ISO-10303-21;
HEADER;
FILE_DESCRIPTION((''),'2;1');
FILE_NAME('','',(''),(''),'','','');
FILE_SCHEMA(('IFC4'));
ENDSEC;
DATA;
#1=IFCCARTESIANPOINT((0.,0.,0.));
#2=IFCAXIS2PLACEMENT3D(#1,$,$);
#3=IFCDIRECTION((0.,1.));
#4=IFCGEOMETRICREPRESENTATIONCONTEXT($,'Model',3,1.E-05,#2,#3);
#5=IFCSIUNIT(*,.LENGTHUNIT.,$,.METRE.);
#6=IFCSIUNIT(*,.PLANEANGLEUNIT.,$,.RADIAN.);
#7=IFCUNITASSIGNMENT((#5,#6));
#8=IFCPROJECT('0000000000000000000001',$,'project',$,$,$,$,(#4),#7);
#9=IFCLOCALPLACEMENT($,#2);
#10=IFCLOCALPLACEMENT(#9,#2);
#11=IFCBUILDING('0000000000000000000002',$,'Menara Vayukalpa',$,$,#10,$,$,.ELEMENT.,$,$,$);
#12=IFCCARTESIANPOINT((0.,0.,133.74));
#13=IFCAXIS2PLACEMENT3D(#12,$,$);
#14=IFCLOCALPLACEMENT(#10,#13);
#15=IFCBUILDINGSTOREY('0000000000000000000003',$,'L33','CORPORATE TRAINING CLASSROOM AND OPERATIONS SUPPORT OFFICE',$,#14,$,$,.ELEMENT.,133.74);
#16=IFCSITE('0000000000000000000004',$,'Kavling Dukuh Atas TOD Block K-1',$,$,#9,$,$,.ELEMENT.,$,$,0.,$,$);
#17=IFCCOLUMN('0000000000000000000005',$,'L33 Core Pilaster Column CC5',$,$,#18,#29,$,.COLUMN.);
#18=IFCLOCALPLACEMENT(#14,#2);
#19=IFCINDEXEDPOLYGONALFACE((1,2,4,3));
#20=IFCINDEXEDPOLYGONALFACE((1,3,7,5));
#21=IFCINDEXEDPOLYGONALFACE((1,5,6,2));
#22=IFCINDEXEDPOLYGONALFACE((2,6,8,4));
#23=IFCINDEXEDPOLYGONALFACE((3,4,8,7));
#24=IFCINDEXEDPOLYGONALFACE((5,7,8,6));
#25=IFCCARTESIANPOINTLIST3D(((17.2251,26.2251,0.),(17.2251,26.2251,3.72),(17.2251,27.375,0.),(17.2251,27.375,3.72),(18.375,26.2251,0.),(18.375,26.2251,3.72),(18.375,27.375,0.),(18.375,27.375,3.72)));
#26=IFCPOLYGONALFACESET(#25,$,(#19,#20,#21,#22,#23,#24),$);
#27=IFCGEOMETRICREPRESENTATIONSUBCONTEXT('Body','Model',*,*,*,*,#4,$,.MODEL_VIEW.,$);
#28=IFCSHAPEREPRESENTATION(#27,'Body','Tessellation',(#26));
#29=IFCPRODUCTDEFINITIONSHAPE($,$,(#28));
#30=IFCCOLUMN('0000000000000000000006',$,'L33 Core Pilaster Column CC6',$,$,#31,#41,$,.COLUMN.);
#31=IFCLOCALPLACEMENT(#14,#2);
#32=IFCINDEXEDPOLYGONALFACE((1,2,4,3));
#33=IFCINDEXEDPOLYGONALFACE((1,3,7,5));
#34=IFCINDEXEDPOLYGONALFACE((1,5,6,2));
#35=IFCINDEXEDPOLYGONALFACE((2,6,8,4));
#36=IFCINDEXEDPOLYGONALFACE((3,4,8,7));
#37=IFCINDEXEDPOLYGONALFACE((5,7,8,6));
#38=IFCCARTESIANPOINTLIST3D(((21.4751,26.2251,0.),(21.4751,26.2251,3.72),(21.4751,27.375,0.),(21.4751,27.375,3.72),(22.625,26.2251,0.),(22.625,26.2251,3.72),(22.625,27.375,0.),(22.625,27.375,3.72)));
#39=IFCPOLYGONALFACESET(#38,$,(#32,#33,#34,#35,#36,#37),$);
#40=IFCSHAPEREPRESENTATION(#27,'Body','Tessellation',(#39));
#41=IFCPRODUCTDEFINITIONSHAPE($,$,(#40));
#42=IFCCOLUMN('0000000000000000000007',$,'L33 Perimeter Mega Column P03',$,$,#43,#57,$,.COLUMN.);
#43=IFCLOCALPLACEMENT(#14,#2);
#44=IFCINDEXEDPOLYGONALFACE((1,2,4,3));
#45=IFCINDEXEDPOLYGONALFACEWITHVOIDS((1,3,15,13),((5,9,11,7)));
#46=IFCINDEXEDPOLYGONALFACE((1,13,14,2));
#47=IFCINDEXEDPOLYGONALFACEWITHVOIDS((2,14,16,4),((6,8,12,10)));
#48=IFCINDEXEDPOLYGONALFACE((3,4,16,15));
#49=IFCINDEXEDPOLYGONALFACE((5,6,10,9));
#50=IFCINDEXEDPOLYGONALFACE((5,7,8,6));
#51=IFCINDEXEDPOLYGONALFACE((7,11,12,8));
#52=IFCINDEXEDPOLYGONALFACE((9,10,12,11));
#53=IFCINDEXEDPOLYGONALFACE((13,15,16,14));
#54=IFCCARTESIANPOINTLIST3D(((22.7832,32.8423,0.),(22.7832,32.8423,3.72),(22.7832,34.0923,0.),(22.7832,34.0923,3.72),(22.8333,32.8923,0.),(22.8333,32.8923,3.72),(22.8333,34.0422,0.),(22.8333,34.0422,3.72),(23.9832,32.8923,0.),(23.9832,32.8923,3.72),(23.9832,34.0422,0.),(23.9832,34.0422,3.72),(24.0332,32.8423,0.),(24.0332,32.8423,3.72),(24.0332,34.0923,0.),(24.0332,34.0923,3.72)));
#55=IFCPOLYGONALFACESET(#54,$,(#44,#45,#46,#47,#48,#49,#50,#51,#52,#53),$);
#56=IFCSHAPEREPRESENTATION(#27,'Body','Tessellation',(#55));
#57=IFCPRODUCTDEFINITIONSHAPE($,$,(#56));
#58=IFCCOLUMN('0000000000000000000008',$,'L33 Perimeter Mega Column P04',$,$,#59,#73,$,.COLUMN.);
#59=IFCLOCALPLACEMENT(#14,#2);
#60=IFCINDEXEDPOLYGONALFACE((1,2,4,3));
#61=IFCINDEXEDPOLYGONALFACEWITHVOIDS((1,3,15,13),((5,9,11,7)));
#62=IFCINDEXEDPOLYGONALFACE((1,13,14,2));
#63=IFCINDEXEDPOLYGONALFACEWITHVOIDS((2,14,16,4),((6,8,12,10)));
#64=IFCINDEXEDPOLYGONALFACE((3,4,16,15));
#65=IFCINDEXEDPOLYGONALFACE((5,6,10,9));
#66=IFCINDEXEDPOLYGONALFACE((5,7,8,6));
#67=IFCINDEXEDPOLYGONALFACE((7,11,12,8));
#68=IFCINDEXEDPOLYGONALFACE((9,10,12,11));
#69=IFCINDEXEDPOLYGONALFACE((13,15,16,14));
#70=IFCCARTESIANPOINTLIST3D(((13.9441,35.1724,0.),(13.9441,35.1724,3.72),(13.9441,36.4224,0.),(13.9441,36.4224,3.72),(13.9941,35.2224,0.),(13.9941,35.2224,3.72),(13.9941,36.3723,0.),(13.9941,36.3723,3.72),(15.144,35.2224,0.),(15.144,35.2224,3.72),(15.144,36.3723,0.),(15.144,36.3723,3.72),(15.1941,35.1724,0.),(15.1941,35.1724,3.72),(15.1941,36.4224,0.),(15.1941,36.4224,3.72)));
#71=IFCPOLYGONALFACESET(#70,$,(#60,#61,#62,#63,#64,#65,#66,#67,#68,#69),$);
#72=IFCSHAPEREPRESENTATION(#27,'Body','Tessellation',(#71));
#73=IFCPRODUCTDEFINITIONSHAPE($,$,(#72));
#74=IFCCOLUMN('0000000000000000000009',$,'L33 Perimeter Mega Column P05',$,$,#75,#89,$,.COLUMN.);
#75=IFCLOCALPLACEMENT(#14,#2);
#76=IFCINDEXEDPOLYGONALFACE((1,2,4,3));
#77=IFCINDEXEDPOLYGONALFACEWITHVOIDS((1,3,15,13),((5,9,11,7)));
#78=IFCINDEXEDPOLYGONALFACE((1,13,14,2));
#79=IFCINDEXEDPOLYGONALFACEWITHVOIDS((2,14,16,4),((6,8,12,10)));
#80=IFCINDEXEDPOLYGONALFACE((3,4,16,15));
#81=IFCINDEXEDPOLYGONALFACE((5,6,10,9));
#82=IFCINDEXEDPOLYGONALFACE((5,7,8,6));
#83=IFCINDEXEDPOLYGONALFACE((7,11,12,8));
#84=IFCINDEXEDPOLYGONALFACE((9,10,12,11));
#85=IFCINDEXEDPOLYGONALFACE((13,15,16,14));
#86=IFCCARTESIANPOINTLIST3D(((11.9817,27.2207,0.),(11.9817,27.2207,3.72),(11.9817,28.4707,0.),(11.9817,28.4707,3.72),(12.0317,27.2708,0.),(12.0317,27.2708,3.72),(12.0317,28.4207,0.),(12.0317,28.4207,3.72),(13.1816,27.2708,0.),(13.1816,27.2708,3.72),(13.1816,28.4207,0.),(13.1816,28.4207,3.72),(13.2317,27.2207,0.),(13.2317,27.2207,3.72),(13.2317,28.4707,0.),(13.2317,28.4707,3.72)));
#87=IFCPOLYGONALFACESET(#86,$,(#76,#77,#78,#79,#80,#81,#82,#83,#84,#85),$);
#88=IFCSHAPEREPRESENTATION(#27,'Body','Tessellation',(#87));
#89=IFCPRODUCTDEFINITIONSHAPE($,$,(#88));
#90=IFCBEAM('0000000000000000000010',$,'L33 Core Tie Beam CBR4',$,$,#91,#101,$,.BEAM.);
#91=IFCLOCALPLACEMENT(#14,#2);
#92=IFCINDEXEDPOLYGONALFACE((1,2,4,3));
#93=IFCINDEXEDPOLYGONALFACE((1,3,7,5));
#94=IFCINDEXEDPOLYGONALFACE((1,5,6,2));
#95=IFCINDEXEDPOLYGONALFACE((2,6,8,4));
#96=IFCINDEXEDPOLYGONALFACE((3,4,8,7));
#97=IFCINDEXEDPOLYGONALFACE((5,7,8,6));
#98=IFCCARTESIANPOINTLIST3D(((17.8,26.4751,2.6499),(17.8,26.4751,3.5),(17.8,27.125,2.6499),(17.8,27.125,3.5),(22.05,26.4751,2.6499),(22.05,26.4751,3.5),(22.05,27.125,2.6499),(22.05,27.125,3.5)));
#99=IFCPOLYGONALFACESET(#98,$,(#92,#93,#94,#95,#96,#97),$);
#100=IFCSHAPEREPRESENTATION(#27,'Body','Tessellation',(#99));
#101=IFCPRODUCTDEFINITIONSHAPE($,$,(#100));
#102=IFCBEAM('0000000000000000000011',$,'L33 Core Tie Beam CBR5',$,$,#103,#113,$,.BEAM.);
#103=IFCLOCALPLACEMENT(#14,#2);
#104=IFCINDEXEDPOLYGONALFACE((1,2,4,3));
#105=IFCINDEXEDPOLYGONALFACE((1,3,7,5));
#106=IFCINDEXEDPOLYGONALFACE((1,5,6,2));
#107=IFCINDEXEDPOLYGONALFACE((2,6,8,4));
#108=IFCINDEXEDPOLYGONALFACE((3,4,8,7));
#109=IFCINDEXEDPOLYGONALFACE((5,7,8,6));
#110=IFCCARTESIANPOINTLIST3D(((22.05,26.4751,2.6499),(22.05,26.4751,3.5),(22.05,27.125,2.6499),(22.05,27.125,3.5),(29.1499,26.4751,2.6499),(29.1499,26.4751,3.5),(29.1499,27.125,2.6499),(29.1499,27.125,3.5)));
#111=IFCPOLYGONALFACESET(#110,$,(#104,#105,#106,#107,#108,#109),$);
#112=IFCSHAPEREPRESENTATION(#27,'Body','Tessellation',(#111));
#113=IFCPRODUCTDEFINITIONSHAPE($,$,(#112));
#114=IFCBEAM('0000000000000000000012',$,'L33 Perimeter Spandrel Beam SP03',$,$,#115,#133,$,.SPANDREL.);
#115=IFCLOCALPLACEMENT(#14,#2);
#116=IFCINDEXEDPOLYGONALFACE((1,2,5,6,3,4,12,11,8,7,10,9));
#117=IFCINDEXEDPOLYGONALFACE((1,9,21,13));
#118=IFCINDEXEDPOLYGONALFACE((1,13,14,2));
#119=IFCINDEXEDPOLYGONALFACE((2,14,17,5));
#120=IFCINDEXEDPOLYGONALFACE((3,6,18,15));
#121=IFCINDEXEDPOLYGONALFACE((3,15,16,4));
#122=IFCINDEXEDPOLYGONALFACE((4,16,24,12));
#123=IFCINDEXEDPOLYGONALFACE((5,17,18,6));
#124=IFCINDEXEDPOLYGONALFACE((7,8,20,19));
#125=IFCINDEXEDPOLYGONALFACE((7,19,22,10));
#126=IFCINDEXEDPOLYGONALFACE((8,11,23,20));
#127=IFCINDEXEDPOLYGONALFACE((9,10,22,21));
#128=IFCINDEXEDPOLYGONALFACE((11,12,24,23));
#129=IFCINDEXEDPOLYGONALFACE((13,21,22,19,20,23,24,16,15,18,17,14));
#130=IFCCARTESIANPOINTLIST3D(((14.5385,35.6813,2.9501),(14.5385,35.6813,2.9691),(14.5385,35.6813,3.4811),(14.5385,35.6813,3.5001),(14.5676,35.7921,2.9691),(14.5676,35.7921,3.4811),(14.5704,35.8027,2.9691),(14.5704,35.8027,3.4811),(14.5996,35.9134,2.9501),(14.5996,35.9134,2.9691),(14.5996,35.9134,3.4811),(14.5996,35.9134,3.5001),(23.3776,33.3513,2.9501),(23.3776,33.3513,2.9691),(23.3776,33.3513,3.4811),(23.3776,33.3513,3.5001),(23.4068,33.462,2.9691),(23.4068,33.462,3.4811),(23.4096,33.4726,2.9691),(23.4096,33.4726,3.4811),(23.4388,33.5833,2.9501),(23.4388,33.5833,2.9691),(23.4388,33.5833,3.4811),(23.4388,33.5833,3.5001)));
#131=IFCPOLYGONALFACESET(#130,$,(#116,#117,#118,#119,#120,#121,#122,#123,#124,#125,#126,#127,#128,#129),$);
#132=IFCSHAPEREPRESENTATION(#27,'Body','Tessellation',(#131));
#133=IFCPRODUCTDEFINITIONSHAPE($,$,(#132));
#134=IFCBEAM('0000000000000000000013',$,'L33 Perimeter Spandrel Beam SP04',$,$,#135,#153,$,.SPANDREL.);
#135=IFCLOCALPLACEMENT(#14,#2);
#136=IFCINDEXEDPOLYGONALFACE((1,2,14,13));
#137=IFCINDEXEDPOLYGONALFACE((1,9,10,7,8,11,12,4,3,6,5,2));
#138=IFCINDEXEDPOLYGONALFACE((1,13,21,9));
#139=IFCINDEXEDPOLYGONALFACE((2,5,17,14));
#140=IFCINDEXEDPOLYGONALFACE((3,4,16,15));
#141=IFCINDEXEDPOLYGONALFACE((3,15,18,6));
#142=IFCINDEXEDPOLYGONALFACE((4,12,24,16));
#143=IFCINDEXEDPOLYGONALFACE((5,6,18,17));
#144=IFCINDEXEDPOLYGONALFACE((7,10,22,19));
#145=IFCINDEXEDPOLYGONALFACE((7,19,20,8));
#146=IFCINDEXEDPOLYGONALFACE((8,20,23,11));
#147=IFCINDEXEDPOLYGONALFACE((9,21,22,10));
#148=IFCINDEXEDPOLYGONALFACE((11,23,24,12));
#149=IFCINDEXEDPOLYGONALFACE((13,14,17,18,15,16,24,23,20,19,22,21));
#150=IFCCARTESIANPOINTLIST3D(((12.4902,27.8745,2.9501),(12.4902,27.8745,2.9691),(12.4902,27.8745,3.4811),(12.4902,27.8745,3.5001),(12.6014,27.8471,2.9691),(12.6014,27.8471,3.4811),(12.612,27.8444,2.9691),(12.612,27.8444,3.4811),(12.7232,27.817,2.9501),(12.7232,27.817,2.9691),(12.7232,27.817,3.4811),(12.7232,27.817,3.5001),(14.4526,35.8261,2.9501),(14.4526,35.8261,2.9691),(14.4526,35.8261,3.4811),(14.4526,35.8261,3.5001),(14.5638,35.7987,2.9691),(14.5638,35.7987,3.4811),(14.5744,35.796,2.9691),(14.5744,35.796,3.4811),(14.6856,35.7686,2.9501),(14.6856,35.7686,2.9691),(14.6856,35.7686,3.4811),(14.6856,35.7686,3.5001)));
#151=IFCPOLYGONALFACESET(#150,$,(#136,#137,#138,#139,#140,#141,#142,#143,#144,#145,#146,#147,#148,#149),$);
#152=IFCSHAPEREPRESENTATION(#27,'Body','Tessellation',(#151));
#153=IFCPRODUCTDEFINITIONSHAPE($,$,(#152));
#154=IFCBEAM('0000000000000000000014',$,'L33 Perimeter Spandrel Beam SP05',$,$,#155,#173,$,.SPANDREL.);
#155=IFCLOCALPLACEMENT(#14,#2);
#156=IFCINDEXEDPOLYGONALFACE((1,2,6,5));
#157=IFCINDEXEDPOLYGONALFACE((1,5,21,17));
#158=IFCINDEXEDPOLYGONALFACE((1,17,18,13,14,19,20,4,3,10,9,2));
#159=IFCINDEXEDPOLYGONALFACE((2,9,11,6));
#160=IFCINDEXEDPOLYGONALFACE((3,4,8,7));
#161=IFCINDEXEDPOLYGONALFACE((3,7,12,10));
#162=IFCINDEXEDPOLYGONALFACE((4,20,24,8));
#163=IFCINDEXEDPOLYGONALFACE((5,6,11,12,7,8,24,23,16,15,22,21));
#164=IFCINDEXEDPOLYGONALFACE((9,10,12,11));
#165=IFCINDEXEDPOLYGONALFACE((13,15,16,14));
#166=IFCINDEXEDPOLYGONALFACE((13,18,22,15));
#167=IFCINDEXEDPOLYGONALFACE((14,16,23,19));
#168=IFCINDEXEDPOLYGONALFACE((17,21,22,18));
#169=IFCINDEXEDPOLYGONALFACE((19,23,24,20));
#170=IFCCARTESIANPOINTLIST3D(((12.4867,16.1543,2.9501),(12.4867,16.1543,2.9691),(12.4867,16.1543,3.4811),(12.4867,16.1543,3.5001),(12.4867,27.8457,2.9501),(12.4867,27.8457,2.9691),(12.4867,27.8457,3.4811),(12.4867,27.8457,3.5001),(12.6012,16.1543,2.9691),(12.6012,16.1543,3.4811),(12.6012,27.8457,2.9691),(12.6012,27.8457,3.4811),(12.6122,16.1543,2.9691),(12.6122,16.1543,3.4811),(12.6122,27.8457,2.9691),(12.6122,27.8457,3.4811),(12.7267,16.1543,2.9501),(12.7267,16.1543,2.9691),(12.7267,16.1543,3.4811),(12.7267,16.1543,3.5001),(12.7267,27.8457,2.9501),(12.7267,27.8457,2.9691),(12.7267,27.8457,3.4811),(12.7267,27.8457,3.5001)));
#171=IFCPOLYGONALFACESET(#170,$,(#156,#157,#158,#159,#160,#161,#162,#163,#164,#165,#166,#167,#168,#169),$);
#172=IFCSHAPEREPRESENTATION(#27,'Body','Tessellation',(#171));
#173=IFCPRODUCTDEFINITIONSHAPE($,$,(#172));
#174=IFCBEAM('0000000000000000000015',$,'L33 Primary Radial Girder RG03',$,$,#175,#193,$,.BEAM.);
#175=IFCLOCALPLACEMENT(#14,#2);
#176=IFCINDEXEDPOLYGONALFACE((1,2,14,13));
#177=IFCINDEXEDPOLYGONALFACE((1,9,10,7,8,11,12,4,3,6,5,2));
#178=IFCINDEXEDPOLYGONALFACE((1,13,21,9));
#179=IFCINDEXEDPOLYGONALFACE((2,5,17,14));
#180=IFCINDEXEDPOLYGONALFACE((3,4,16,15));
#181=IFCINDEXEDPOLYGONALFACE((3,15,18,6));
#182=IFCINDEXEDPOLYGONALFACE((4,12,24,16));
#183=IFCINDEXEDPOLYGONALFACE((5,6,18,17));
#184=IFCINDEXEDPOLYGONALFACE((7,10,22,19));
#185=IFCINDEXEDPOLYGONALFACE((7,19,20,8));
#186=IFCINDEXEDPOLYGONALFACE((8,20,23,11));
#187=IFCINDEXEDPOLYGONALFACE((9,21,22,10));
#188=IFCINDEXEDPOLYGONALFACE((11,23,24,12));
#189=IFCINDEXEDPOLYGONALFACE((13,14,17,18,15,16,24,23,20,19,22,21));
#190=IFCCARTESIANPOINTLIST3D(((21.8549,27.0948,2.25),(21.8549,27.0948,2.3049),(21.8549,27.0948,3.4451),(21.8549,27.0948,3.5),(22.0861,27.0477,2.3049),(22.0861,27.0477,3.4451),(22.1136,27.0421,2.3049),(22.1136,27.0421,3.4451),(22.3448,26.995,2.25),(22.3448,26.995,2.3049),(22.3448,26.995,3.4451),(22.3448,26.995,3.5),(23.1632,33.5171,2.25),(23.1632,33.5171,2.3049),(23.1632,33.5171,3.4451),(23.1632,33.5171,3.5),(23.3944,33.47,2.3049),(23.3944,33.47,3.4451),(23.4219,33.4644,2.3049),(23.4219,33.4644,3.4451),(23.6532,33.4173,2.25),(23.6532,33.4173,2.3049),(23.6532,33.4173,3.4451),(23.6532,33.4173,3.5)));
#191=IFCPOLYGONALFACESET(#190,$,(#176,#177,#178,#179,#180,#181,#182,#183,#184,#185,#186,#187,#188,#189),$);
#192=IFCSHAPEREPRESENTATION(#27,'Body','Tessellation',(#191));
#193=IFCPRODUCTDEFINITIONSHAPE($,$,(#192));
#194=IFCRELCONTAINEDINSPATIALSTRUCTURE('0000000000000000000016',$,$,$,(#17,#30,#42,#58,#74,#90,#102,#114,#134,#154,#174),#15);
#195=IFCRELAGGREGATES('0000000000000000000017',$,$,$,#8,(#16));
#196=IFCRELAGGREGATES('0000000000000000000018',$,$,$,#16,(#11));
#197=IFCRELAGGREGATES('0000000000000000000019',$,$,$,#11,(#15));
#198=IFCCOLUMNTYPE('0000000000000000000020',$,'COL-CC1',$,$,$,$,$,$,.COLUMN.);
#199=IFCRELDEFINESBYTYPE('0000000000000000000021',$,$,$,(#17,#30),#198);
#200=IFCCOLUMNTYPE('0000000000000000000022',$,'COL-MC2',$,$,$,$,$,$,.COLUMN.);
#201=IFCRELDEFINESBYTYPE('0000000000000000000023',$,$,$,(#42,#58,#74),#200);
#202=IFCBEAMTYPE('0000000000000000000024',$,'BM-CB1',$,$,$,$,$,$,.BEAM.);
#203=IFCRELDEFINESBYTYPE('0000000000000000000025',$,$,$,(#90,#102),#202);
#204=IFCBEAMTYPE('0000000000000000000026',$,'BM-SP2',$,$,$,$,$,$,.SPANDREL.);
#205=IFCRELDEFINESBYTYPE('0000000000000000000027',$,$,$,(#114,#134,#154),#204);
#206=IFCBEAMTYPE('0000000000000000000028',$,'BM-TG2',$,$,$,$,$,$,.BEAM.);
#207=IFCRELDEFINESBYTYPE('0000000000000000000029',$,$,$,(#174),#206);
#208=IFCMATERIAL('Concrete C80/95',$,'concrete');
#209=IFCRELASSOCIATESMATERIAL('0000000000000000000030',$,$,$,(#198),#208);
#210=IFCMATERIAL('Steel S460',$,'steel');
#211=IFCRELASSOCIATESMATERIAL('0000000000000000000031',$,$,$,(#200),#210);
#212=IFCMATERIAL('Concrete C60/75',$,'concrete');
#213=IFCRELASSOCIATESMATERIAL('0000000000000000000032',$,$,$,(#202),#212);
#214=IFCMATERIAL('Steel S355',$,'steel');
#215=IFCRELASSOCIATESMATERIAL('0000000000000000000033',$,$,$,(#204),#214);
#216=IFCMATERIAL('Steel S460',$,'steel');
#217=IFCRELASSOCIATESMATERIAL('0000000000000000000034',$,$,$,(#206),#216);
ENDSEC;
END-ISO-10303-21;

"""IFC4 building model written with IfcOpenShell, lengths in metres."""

from ifc_helpers import new_model, si_unit, direction, frame, origin, origin_2d, place, context, subcontext, project, spatial, rectangle, hollow_rectangle, i_section, extrude, material, material_profile, profile_set, type_object, element, save


model = new_model("IFC4")

# Units and contexts
model_context = context("Model", 3, precision=1e-05, world=origin(), true_north=direction((0.0, 1.0)))
body_context = subcontext(model_context, "Body", "Model", "MODEL_VIEW")
ifc_project = project(units=[si_unit("LENGTHUNIT", "METRE"), si_unit("PLANEANGLEUNIT", "RADIAN")], contexts=[model_context])

# Site, building, storey
site_placement = place(None, origin())
site = spatial("IfcSite", under=ifc_project, at=site_placement, Name="Kavling Dukuh Atas TOD Block K-1", CompositionType="ELEMENT", RefElevation=0.0)
building_placement = place(site_placement, origin())
building = spatial("IfcBuilding", under=site, at=building_placement, Name="Menara Vayukalpa", CompositionType="ELEMENT")
storey_placement = place(building_placement, frame((0.0, 0.0, 133.74)))
storey = spatial("IfcBuildingStorey", under=building, at=storey_placement, Name="L33", Description="CORPORATE TRAINING CLASSROOM AND OPERATIONS SUPPORT OFFICE", CompositionType="ELEMENT", Elevation=133.74)

# Columns
ifc_material_1 = material(Name="Concrete C80/95", Category="concrete")
ifc_material_profile_1 = material_profile(ifc_material_1, rectangle(XDim=1.1499, YDim=1.1499, at=origin_2d()), Name="RC 1150x1150")
ifc_profile_set_1 = profile_set([ifc_material_profile_1], Name="Concrete C80/95")
column_type_1 = type_object("IfcColumnType", Name="COL-CC1", PredefinedType="COLUMN", material=ifc_profile_set_1)
for number, where, z_axis, x_axis, name in (
    (1, (17.8, 26.8, 0.0), (0.0, 0.0, 1.0), (1.0, 0.0, 0.0), "L33 Core Pilaster Column CC5"),
    (2, (22.05, 26.8, 0.0), (0.0, 0.0, 1.0), (1.0, 0.0, 0.0), "L33 Core Pilaster Column CC6"),
):
    element("IfcColumn", number, at=place(storey_placement, frame(where, z_axis=z_axis, x_axis=x_axis)), inside=storey, type_object=column_type_1, Name=name, PredefinedType="COLUMN", context=body_context, shape_type="SweptSolid", body=[
        extrude(rectangle(XDim=1.1499, YDim=1.1499, at=origin_2d()), origin(), (0.0, 0.0, 1.0), 3.72),
    ])
ifc_material_2 = material(Name="Steel S460", Category="steel")
ifc_material_profile_2 = material_profile(ifc_material_2, hollow_rectangle(XDim=1.25, YDim=1.25, WallThickness=0.05, at=origin_2d()), Name="BOX 1250x1250x50")
ifc_profile_set_2 = profile_set([ifc_material_profile_2], Name="Steel S460")
column_type_2 = type_object("IfcColumnType", Name="COL-MC2", PredefinedType="COLUMN", material=ifc_profile_set_2)
for number, where, z_axis, x_axis, name in (
    (3, (23.4082, 33.4673, 0.0), (0.0, 0.0, 1.0), (1.0, 0.0, 0.0), "L33 Perimeter Mega Column P03"),
    (4, (14.5691, 35.7974, 0.0), (0.0, 0.0, 1.0), (1.0, 0.0, 0.0), "L33 Perimeter Mega Column P04"),
    (5, (12.6067, 27.8457, 0.0), (0.0, 0.0, 1.0), (1.0, 0.0, 0.0), "L33 Perimeter Mega Column P05"),
):
    element("IfcColumn", number, at=place(storey_placement, frame(where, z_axis=z_axis, x_axis=x_axis)), inside=storey, type_object=column_type_2, Name=name, PredefinedType="COLUMN", context=body_context, shape_type="SweptSolid", body=[
        extrude(hollow_rectangle(XDim=1.25, YDim=1.25, WallThickness=0.05, at=origin_2d()), origin(), (0.0, 0.0, 1.0), 3.72),
    ])

# Beams
ifc_material_3 = material(Name="Concrete C60/75", Category="concrete")
ifc_material_profile_3 = material_profile(ifc_material_3, rectangle(XDim=0.6499, YDim=0.8501, at=origin_2d()), Name="RC 650x850")
ifc_profile_set_3 = profile_set([ifc_material_profile_3], Name="Concrete C60/75")
beam_type_1 = type_object("IfcBeamType", Name="BM-CB1", PredefinedType="BEAM", material=ifc_profile_set_3)
beam_1_placement = place(storey_placement, frame((17.8, 26.8, 3.075), z_axis=(1.0, 0.0, 0.0), x_axis=(0.0, 1.0, 0.0)))
element("IfcBeam", 6, at=beam_1_placement, inside=storey, type_object=beam_type_1, Name="L33 Core Tie Beam CBR4", PredefinedType="BEAM", context=body_context, shape_type="SweptSolid", body=[
    extrude(rectangle(XDim=0.6499, YDim=0.8501, at=origin_2d()), origin(), (0.0, 0.0, 1.0), 4.25),
])
beam_2_placement = place(storey_placement, frame((22.05, 26.8, 3.075), z_axis=(1.0, 0.0, 0.0), x_axis=(0.0, 1.0, 0.0)))
element("IfcBeam", 7, at=beam_2_placement, inside=storey, type_object=beam_type_1, Name="L33 Core Tie Beam CBR5", PredefinedType="BEAM", context=body_context, shape_type="SweptSolid", body=[
    extrude(rectangle(XDim=0.6499, YDim=0.8501, at=origin_2d()), origin(), (0.0, 0.0, 1.0), 7.0999),
])
ifc_material_4 = material(Name="Steel S355", Category="steel")
ifc_material_profile_4 = material_profile(ifc_material_4, i_section(OverallWidth=0.24, OverallDepth=0.55, WebThickness=0.011, FlangeThickness=0.019, at=origin_2d()), Name="WF 550x240x11x19")
ifc_profile_set_4 = profile_set([ifc_material_profile_4], Name="Steel S355")
beam_type_2 = type_object("IfcBeamType", Name="BM-SP2", PredefinedType="SPANDREL", material=ifc_profile_set_4)
beam_3_placement = place(storey_placement, frame((23.4082, 33.4673, 3.2251), z_axis=(-0.966967, 0.254902, 0.0), x_axis=(-0.254902, -0.966967, 0.0)))
element("IfcBeam", 8, at=beam_3_placement, inside=storey, type_object=beam_type_2, Name="L33 Perimeter Spandrel Beam SP03", PredefinedType="SPANDREL", context=body_context, shape_type="SweptSolid", body=[
    extrude(i_section(OverallWidth=0.24, OverallDepth=0.55, WebThickness=0.011, FlangeThickness=0.019, at=origin_2d()), origin(), (0.0, 0.0, 1.0), 9.1411),
])
beam_4_placement = place(storey_placement, frame((14.5691, 35.7974, 3.2251), z_axis=(-0.239603, -0.970871, 0.0), x_axis=(0.970871, -0.239603, 0.0)))
element("IfcBeam", 9, at=beam_4_placement, inside=storey, type_object=beam_type_2, Name="L33 Perimeter Spandrel Beam SP04", PredefinedType="SPANDREL", context=body_context, shape_type="SweptSolid", body=[
    extrude(i_section(OverallWidth=0.24, OverallDepth=0.55, WebThickness=0.011, FlangeThickness=0.019, at=origin_2d()), origin(), (0.0, 0.0, 1.0), 8.1902),
])
beam_5_placement = place(storey_placement, frame((12.6067, 27.8457, 3.2251), z_axis=(0.0, -1.0, 0.0), x_axis=(1.0, 0.0, 0.0)))
element("IfcBeam", 10, at=beam_5_placement, inside=storey, type_object=beam_type_2, Name="L33 Perimeter Spandrel Beam SP05", PredefinedType="SPANDREL", context=body_context, shape_type="SweptSolid", body=[
    extrude(i_section(OverallWidth=0.24, OverallDepth=0.55, WebThickness=0.011, FlangeThickness=0.019, at=origin_2d()), origin(), (0.0, 0.0, 1.0), 11.6914),
])
ifc_material_5 = material(Name="Steel S460", Category="steel")
ifc_material_profile_5 = material_profile(ifc_material_5, i_section(OverallWidth=0.5, OverallDepth=1.25, WebThickness=0.0281, FlangeThickness=0.0549, at=origin_2d()), Name="WG 1250x500x28x55")
ifc_profile_set_5 = profile_set([ifc_material_profile_5], Name="Steel S460")
beam_type_3 = type_object("IfcBeamType", Name="BM-TG2", PredefinedType="BEAM", material=ifc_profile_set_5)
beam_6_placement = place(storey_placement, frame((22.0999, 27.0449, 2.875), z_axis=(0.199618, 0.979874, 0.0), x_axis=(-0.979874, 0.199618, 0.0)))
element("IfcBeam", 11, at=beam_6_placement, inside=storey, type_object=beam_type_3, Name="L33 Primary Radial Girder RG03", PredefinedType="BEAM", context=body_context, shape_type="SweptSolid", body=[
    extrude(i_section(OverallWidth=0.5, OverallDepth=1.25, WebThickness=0.0281, FlangeThickness=0.0549, at=origin_2d()), origin(), (0.0, 0.0, 1.0), 6.5542),
])

save(model, "model.ifc")
